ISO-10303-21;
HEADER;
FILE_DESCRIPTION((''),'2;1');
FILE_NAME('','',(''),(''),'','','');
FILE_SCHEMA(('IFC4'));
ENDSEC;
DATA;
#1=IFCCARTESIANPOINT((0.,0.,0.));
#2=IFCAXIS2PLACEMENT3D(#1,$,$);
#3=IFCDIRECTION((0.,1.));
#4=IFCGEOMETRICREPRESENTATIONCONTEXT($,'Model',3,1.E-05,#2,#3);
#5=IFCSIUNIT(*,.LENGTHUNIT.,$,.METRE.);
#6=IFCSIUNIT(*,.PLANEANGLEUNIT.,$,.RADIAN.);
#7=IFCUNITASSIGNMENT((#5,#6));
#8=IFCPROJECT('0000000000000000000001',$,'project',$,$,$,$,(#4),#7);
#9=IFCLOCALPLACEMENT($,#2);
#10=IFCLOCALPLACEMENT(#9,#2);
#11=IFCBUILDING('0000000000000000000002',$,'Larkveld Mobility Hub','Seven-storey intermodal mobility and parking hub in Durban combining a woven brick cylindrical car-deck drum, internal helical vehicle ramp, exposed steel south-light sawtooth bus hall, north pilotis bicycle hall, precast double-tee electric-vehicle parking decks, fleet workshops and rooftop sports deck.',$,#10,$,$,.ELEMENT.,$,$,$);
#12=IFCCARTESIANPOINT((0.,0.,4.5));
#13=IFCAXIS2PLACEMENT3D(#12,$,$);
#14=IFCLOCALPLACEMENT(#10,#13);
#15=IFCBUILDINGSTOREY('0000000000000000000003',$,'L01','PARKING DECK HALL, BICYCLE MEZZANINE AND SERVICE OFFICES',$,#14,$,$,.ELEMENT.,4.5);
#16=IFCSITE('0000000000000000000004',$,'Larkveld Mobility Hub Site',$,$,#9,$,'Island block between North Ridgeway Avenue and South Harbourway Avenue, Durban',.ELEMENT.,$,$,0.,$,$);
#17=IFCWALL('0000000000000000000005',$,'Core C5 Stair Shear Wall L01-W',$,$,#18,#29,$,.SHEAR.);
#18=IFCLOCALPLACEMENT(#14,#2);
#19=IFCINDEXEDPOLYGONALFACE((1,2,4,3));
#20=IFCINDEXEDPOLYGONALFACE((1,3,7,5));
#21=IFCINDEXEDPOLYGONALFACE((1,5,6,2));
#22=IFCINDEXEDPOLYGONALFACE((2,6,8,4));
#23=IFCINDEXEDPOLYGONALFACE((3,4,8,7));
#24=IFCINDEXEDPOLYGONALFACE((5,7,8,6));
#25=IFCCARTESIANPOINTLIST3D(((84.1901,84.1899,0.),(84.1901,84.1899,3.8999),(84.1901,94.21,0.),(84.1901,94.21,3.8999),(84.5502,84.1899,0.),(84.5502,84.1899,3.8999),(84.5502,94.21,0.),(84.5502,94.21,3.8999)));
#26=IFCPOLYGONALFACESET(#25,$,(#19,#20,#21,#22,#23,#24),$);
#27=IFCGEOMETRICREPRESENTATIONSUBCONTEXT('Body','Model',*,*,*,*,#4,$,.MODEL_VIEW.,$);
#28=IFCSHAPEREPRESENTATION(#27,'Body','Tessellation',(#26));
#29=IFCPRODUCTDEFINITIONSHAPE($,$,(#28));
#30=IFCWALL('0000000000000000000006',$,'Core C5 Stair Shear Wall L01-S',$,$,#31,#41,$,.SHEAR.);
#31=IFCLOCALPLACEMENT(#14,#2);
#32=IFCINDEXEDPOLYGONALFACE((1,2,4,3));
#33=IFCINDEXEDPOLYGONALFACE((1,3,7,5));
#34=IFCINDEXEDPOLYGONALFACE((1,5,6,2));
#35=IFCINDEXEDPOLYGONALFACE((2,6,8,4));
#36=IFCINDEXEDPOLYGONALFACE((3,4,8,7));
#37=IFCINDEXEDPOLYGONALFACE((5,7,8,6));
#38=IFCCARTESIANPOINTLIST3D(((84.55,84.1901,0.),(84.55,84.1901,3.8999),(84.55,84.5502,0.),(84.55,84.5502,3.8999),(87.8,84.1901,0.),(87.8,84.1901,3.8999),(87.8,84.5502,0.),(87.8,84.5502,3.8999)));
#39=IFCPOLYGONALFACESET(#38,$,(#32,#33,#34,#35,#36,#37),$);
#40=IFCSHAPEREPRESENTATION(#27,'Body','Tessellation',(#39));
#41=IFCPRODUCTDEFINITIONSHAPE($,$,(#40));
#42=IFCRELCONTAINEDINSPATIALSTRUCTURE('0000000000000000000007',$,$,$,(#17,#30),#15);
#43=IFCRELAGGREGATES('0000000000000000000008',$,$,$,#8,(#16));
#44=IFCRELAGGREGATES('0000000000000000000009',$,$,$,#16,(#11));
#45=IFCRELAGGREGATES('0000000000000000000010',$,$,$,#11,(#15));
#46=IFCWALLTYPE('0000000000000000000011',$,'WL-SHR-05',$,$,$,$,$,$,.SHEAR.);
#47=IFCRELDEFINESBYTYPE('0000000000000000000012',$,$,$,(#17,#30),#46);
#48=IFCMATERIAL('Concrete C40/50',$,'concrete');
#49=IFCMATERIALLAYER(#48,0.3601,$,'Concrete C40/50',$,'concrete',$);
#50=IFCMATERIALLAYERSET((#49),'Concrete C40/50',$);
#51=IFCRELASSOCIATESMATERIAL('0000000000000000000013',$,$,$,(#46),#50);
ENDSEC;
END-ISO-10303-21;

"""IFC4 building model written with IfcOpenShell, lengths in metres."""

from ifc_helpers import new_model, si_unit, direction, frame, frame_2d, origin, place, context, subcontext, project, spatial, rectangle, extrude, material, layer, layer_set, type_object, element, save


model = new_model("IFC4")

# Units and contexts
model_context = context("Model", 3, precision=1e-05, world=origin(), true_north=direction((0.0, 1.0)))
body_context = subcontext(model_context, "Body", "Model", "MODEL_VIEW")
ifc_project = project(units=[si_unit("LENGTHUNIT", "METRE"), si_unit("PLANEANGLEUNIT", "RADIAN")], contexts=[model_context])

# Site, building, storey
site_placement = place(None, origin())
site = spatial("IfcSite", under=ifc_project, at=site_placement, Name="Larkveld Mobility Hub Site", LongName="Island block between North Ridgeway Avenue and South Harbourway Avenue, Durban", CompositionType="ELEMENT", RefElevation=0.0)
building_placement = place(site_placement, origin())
building = spatial("IfcBuilding", under=site, at=building_placement, Name="Larkveld Mobility Hub", Description="Seven-storey intermodal mobility and parking hub in Durban combining a woven brick cylindrical car-deck drum, internal helical vehicle ramp, exposed steel south-light sawtooth bus hall, north pilotis bicycle hall, precast double-tee electric-vehicle parking decks, fleet workshops and rooftop sports deck.", CompositionType="ELEMENT")
storey_placement = place(building_placement, frame((0.0, 0.0, 4.5)))
storey = spatial("IfcBuildingStorey", under=building, at=storey_placement, Name="L01", Description="PARKING DECK HALL, BICYCLE MEZZANINE AND SERVICE OFFICES", CompositionType="ELEMENT", Elevation=4.5)

# Shared definitions
ifc_material_1 = material(Name="Concrete C40/50", Category="concrete")

# Walls
ifc_layer_1 = layer(ifc_material_1, 0.3601, Name="Concrete C40/50", Category="concrete")
ifc_layer_set_1 = layer_set([ifc_layer_1], Name="Concrete C40/50")
wall_type = type_object("IfcWallType", Name="WL-SHR-05", PredefinedType="SHEAR", material=ifc_layer_set_1)
wall_1_placement = place(storey_placement, frame((84.3701, 84.1899, 0.0), z_axis=(0.0, 0.0, 1.0), x_axis=(0.0, 1.0, 0.0)))
element("IfcWall", 1, at=wall_1_placement, inside=storey, type_object=wall_type, Name="Core C5 Stair Shear Wall L01-W", PredefinedType="SHEAR", context=body_context, shape_type="SweptSolid", body=[
    extrude(rectangle(XDim=10.02, YDim=0.3601, at=frame_2d((5.01, 0.0))), origin(), (0.0, 0.0, 1.0), 3.8999),
])
wall_2_placement = place(storey_placement, frame((87.8, 84.3701, 0.0), z_axis=(0.0, 0.0, 1.0), x_axis=(-1.0, 0.0, 0.0)))
element("IfcWall", 2, at=wall_2_placement, inside=storey, type_object=wall_type, Name="Core C5 Stair Shear Wall L01-S", PredefinedType="SHEAR", context=body_context, shape_type="SweptSolid", body=[
    extrude(rectangle(XDim=3.25, YDim=0.3601, at=frame_2d((1.625, 0.0))), origin(), (0.0, 0.0, 1.0), 3.8999),
])

save(model, "model.ifc")
